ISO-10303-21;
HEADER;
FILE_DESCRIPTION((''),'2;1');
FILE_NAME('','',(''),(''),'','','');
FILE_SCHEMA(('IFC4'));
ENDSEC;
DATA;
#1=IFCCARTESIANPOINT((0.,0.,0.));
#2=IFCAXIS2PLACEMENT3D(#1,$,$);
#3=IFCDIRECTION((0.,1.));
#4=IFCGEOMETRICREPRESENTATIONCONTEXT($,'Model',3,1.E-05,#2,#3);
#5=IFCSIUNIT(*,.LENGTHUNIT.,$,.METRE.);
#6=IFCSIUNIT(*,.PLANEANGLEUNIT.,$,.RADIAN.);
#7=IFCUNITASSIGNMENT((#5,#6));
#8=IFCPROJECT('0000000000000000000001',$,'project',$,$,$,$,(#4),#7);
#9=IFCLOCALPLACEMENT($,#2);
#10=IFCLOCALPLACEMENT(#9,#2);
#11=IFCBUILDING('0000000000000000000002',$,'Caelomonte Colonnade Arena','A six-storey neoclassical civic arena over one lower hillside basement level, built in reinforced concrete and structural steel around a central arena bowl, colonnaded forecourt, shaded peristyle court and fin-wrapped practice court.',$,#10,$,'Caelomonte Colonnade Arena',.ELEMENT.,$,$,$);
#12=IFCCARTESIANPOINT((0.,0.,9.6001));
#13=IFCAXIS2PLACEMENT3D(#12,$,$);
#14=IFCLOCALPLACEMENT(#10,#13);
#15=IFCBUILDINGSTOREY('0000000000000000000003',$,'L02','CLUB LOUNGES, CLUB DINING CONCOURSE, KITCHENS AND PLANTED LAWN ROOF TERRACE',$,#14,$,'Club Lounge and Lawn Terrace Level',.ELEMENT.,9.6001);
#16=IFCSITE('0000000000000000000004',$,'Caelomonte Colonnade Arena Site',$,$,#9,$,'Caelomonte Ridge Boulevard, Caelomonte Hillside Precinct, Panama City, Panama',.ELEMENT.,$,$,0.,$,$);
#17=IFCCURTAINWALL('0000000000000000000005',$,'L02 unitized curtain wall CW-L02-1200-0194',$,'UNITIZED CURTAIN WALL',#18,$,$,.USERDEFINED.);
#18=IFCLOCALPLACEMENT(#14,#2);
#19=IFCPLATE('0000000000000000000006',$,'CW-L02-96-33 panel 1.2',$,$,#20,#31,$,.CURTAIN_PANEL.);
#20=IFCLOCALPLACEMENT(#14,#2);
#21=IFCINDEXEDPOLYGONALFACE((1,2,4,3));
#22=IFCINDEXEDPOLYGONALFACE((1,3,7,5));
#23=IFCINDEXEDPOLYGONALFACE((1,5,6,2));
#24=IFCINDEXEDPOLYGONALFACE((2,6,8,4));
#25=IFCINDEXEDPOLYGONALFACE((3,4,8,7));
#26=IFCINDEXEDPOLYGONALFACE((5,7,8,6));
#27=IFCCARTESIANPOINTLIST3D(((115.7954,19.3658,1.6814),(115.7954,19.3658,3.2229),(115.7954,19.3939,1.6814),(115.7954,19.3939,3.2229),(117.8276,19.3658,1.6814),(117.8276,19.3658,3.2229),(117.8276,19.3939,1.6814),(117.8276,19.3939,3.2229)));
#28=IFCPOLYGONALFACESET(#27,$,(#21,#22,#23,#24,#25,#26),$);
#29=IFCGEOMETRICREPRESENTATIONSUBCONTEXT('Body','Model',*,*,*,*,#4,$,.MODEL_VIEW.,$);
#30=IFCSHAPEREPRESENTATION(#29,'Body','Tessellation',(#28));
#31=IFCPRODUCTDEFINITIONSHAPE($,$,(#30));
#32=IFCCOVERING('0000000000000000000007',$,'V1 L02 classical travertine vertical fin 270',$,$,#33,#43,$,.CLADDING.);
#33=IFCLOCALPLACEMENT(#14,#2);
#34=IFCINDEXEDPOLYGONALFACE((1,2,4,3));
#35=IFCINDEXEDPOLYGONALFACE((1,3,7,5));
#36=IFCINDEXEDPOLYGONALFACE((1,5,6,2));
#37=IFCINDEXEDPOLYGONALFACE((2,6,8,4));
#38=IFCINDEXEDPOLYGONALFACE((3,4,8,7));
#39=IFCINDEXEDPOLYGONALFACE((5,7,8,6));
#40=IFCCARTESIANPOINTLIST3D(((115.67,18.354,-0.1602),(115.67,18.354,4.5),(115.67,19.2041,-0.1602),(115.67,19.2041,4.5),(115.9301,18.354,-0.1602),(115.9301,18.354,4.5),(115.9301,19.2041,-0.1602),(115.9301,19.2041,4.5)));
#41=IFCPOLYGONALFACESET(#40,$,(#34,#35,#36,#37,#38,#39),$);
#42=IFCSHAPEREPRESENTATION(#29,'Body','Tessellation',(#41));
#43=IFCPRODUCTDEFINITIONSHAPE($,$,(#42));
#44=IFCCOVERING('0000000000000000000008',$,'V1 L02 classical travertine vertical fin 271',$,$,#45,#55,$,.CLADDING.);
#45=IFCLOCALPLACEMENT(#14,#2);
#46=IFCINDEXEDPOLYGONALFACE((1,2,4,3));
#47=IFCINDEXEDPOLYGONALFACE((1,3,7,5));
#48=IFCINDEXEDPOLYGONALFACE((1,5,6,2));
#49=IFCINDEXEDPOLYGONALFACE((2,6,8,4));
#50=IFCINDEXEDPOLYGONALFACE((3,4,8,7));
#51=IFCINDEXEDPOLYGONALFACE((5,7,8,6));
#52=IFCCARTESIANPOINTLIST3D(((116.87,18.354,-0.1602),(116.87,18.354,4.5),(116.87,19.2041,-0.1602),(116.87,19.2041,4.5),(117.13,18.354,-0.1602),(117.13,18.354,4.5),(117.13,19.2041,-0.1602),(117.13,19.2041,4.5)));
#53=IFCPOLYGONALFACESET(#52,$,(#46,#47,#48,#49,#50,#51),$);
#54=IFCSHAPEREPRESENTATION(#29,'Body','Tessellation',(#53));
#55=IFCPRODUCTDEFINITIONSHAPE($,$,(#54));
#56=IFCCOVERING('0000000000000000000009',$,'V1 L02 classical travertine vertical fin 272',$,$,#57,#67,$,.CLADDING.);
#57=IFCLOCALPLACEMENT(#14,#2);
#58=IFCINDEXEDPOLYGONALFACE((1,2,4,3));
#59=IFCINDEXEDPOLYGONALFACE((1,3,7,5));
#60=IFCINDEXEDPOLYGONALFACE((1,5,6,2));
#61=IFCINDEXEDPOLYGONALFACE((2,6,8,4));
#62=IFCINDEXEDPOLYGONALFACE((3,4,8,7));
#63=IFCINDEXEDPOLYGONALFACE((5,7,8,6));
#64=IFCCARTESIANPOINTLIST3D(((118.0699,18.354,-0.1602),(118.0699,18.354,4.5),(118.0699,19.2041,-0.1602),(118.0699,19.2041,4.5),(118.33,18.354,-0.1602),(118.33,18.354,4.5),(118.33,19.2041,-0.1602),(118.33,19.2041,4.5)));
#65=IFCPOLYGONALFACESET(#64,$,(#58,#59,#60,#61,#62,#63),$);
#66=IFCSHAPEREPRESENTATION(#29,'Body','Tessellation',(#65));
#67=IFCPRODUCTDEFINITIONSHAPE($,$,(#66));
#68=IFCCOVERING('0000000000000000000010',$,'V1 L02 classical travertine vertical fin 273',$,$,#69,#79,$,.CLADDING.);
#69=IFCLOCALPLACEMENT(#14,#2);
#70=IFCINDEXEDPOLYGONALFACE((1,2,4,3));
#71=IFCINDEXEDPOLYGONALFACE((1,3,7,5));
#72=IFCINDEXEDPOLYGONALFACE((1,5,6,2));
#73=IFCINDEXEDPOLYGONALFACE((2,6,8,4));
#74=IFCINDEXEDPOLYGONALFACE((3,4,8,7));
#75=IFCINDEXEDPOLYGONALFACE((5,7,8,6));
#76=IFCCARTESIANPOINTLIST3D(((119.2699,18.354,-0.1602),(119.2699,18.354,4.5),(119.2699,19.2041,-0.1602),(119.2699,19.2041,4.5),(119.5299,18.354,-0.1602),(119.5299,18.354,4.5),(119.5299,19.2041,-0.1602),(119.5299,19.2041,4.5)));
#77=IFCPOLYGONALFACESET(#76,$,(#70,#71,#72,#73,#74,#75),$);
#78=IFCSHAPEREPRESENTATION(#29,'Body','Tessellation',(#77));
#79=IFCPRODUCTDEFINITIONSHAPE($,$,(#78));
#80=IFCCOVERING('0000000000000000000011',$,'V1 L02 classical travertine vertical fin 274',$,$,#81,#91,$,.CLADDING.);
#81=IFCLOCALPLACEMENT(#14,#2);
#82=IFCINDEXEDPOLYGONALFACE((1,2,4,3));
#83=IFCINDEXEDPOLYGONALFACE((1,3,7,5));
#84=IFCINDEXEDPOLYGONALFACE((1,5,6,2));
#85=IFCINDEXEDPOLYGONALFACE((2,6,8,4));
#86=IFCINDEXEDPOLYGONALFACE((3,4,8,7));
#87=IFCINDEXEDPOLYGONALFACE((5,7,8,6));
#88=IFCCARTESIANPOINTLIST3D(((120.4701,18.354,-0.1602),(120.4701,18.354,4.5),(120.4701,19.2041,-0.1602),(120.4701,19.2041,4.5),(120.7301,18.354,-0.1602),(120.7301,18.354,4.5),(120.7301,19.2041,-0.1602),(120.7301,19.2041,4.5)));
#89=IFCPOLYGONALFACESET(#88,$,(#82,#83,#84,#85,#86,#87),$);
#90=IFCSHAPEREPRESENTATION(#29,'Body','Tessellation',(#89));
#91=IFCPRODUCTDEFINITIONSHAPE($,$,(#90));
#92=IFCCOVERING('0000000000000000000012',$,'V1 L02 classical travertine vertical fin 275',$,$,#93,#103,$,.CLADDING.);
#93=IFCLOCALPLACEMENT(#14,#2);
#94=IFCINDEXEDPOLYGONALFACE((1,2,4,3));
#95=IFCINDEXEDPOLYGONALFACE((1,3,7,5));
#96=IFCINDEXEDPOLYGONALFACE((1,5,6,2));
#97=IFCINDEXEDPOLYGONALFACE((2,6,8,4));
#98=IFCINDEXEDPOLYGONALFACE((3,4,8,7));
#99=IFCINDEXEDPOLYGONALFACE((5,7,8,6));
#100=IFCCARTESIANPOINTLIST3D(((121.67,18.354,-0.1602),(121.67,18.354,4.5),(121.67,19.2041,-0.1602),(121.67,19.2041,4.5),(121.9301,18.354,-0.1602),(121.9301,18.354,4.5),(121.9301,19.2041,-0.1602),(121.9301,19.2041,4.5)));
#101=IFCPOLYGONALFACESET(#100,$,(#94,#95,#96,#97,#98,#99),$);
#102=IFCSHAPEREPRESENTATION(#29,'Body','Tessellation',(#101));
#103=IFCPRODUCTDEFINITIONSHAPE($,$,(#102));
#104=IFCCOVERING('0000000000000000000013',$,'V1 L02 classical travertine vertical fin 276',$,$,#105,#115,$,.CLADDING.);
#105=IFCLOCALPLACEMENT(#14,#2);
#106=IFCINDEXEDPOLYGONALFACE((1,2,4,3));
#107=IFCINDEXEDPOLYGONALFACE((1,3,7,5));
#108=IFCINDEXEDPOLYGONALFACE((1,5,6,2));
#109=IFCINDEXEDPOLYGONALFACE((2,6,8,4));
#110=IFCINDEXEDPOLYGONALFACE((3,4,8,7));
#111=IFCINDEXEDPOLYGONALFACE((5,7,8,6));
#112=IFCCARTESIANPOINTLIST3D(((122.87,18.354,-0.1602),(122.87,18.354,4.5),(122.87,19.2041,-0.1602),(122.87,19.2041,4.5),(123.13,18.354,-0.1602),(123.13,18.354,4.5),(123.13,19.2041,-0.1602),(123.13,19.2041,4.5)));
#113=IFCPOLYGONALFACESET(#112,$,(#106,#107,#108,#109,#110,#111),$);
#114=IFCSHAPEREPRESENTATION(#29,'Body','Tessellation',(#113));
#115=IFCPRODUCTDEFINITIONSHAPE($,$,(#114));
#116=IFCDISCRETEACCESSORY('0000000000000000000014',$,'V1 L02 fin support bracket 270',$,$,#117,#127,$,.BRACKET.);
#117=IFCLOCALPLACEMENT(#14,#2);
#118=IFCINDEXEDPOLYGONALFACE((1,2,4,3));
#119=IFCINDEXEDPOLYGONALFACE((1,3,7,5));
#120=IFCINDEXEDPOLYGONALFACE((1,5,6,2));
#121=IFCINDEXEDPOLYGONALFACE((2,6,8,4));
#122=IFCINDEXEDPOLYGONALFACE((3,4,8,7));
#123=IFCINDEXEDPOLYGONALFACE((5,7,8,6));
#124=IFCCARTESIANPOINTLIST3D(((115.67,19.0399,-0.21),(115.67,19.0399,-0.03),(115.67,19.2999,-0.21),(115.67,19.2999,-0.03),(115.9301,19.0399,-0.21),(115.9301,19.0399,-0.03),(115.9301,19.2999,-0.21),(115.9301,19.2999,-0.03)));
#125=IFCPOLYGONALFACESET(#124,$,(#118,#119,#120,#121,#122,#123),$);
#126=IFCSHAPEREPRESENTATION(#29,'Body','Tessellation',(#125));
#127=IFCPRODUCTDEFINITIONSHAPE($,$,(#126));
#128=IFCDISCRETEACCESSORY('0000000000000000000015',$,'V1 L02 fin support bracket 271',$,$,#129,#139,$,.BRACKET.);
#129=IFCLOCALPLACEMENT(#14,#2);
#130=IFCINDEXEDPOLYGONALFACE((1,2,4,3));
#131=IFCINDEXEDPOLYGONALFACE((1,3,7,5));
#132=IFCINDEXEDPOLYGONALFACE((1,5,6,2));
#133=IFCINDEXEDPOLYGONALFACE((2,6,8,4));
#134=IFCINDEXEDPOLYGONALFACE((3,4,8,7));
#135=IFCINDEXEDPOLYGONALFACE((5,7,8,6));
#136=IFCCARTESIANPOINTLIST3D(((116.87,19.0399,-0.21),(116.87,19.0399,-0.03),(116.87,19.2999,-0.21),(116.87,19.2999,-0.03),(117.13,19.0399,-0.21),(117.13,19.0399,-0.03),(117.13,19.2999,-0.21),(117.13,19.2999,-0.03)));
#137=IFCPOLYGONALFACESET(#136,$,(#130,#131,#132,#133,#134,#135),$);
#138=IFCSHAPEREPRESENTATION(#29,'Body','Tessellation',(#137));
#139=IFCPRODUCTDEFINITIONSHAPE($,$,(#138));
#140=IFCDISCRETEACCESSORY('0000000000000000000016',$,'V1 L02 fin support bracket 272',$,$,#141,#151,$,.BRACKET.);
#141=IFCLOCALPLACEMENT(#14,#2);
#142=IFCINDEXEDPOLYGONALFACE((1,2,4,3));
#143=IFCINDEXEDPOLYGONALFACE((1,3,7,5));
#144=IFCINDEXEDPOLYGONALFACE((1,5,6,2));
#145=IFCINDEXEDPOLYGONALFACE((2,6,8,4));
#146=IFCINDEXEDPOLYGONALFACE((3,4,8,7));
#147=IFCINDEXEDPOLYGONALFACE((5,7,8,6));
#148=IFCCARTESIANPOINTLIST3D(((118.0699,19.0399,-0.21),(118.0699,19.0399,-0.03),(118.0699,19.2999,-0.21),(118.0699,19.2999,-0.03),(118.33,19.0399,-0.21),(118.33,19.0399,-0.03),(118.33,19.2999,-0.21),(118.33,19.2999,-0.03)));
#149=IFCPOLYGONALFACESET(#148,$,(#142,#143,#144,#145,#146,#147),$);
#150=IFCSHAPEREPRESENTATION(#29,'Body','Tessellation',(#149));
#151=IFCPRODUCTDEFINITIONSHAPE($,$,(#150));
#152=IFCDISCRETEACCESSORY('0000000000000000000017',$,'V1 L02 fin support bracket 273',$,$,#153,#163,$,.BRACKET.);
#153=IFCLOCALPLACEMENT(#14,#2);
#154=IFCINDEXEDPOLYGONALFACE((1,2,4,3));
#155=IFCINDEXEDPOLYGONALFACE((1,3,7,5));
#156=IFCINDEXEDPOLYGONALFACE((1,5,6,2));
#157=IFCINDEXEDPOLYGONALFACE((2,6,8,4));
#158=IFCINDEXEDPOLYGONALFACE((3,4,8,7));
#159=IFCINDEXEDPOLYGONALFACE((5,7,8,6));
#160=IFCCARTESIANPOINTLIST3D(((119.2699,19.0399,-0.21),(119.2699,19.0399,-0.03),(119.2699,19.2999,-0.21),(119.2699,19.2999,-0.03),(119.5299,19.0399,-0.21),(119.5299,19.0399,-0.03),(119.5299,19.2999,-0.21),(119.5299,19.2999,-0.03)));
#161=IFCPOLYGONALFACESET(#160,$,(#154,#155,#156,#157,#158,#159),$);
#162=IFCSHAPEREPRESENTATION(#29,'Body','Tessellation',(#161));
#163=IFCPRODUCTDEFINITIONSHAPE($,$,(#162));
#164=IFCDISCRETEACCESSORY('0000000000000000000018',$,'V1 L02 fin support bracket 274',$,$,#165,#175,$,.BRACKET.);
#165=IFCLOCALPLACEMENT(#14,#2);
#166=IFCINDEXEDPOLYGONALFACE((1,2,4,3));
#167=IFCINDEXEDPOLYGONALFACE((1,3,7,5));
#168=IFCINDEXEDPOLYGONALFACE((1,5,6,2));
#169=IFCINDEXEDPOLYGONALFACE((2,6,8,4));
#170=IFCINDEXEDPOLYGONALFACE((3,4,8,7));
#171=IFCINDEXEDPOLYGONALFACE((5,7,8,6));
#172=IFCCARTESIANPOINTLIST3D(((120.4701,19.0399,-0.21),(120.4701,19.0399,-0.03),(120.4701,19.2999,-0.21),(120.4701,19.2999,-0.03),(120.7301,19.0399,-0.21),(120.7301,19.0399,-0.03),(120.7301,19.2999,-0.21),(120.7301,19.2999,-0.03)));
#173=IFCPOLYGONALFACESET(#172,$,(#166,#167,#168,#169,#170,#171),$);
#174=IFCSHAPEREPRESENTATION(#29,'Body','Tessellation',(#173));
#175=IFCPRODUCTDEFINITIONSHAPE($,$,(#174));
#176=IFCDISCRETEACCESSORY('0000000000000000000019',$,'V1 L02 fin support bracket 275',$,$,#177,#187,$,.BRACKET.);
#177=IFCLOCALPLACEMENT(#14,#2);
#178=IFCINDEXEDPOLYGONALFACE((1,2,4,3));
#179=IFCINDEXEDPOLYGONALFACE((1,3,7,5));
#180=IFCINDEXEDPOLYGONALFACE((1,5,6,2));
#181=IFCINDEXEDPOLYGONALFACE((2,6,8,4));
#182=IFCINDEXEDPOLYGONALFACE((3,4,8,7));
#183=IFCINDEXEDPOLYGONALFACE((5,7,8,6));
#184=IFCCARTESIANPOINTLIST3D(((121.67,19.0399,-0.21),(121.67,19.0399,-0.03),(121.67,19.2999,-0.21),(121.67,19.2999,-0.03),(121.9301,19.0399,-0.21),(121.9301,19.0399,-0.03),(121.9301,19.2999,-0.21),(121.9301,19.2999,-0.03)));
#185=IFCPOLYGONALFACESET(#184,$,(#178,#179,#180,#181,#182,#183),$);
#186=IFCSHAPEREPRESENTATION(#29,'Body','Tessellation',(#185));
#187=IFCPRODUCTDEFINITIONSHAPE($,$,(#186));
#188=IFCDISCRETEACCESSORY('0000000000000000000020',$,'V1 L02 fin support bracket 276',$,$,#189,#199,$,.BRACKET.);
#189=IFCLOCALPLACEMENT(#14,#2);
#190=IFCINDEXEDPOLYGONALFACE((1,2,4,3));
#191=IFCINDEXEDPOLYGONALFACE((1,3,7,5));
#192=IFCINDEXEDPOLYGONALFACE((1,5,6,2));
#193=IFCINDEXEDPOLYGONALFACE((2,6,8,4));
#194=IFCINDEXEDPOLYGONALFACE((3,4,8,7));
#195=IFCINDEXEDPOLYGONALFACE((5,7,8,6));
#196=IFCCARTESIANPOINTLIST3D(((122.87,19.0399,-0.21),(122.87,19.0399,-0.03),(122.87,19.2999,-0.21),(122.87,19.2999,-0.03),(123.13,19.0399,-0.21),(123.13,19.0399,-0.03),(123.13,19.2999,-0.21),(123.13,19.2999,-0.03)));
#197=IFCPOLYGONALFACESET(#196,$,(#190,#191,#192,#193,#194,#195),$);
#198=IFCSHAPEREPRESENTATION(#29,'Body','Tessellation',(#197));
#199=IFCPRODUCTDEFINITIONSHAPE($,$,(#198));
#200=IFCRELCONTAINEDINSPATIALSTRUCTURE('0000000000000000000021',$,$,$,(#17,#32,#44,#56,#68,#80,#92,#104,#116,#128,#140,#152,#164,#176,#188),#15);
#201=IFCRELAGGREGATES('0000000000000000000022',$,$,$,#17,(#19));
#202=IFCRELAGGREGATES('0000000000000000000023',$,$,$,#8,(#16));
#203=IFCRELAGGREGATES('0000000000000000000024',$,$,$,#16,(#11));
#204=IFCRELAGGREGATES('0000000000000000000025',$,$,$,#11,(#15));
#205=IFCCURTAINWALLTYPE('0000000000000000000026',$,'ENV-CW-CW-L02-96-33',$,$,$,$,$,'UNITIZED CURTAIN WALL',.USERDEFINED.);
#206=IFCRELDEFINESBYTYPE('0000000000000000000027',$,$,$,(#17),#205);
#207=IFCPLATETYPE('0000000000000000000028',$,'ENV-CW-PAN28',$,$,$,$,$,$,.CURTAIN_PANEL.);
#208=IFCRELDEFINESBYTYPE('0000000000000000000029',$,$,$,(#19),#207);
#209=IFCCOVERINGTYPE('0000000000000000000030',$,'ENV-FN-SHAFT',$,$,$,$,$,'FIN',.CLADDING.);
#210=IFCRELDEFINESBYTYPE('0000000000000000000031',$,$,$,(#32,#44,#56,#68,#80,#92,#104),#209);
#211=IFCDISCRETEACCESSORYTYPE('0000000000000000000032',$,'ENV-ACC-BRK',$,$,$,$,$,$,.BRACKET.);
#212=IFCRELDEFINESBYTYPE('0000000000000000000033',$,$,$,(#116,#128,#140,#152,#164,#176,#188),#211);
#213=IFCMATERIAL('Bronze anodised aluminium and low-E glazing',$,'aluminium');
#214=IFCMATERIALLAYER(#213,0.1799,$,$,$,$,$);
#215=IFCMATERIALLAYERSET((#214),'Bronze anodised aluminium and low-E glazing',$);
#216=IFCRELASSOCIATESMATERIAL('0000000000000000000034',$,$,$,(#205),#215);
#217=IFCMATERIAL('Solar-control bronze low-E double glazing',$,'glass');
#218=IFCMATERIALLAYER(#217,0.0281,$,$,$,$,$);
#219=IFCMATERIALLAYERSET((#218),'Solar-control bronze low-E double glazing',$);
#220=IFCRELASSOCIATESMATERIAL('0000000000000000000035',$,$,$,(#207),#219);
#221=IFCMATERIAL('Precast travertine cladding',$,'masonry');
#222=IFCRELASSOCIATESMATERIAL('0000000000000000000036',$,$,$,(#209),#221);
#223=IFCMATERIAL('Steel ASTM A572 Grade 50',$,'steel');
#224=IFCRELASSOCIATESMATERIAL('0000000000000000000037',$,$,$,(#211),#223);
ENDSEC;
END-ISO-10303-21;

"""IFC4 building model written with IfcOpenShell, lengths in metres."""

from ifc_helpers import new_model, si_unit, direction, frame, origin, origin_2d, place, context, subcontext, project, spatial, rectangle, extrude, material, layer, layer_set, material_profile, profile_set, type_object, element, aggregate, save


model = new_model("IFC4")

# Units and contexts
model_context = context("Model", 3, precision=1e-05, world=origin(), true_north=direction((0.0, 1.0)))
body_context = subcontext(model_context, "Body", "Model", "MODEL_VIEW")
ifc_project = project(units=[si_unit("LENGTHUNIT", "METRE"), si_unit("PLANEANGLEUNIT", "RADIAN")], contexts=[model_context])

# Site, building, storey
site_placement = place(None, origin())
site = spatial("IfcSite", under=ifc_project, at=site_placement, Name="Caelomonte Colonnade Arena Site", LongName="Caelomonte Ridge Boulevard, Caelomonte Hillside Precinct, Panama City, Panama", CompositionType="ELEMENT", RefElevation=0.0)
building_placement = place(site_placement, origin())
building = spatial("IfcBuilding", under=site, at=building_placement, Name="Caelomonte Colonnade Arena", Description="A six-storey neoclassical civic arena over one lower hillside basement level, built in reinforced concrete and structural steel around a central arena bowl, colonnaded forecourt, shaded peristyle court and fin-wrapped practice court.", LongName="Caelomonte Colonnade Arena", CompositionType="ELEMENT")
storey_placement = place(building_placement, frame((0.0, 0.0, 9.6001)))
storey = spatial("IfcBuildingStorey", under=building, at=storey_placement, Name="L02", Description="CLUB LOUNGES, CLUB DINING CONCOURSE, KITCHENS AND PLANTED LAWN ROOF TERRACE", LongName="Club Lounge and Lawn Terrace Level", CompositionType="ELEMENT", Elevation=9.6001)

# Shared definitions
ifc_material_1 = material(Name="Bronze anodised aluminium and low-E glazing", Category="aluminium")
ifc_layer_1 = layer(ifc_material_1, 0.1799)
ifc_layer_set_1 = layer_set([ifc_layer_1], Name="Bronze anodised aluminium and low-E glazing")
curtain_wall_type = type_object("IfcCurtainWallType", Name="ENV-CW-CW-L02-96-33", ElementType="UNITIZED CURTAIN WALL", PredefinedType="USERDEFINED", material=ifc_layer_set_1)

# Curtain wall
curtain_wall_1_placement = place(storey_placement, origin())
curtain_wall_1 = element("IfcCurtainWall", 1, at=curtain_wall_1_placement, inside=storey, type_object=curtain_wall_type, Name="L02 unitized curtain wall CW-L02-1200-0194", ObjectType="UNITIZED CURTAIN WALL", PredefinedType="USERDEFINED")

# Plate
ifc_material_2 = material(Name="Solar-control bronze low-E double glazing", Category="glass")
ifc_layer_2 = layer(ifc_material_2, 0.0281)
ifc_layer_set_2 = layer_set([ifc_layer_2], Name="Solar-control bronze low-E double glazing")
plate_type = type_object("IfcPlateType", Name="ENV-CW-PAN28", PredefinedType="CURTAIN_PANEL", material=ifc_layer_set_2)
plate_1_placement = place(storey_placement, frame((116.8115, 19.3799, 1.6814), z_axis=(0.0, 0.0, 1.0), x_axis=(1.0, 0.0, 0.0)))
plate_1 = element("IfcPlate", 2, at=plate_1_placement, type_object=plate_type, Name="CW-L02-96-33 panel 1.2", PredefinedType="CURTAIN_PANEL", context=body_context, shape_type="SweptSolid", body=[
    extrude(rectangle(XDim=2.0322, YDim=0.0281, at=origin_2d()), origin(), (0.0, 0.0, 1.0), 1.5415),
])
aggregate(curtain_wall_1, [plate_1])

# Coverings
ifc_material_3 = material(Name="Precast travertine cladding", Category="masonry")
ifc_material_profile_1 = material_profile(ifc_material_3, rectangle(XDim=0.26, YDim=0.8501, at=origin_2d()), Name="FIN260X850")
ifc_profile_set_1 = profile_set([ifc_material_profile_1], Name="Precast travertine cladding")
covering_type = type_object("IfcCoveringType", Name="ENV-FN-SHAFT", ElementType="FIN", PredefinedType="CLADDING", material=ifc_profile_set_1)
for number, where, z_axis, x_axis, name in (
    (3, (115.8, 18.7791, -0.1602), (0.0, 0.0, 1.0), (-1.0, 0.0, 0.0), "V1 L02 classical travertine vertical fin 270"),
    (4, (117.0, 18.7791, -0.1602), (0.0, 0.0, 1.0), (-1.0, 0.0, 0.0), "V1 L02 classical travertine vertical fin 271"),
    (5, (118.2, 18.7791, -0.1602), (0.0, 0.0, 1.0), (-1.0, 0.0, 0.0), "V1 L02 classical travertine vertical fin 272"),
    (6, (119.3999, 18.7791, -0.1602), (0.0, 0.0, 1.0), (-1.0, 0.0, 0.0), "V1 L02 classical travertine vertical fin 273"),
    (7, (120.6001, 18.7791, -0.1602), (0.0, 0.0, 1.0), (-1.0, 0.0, 0.0), "V1 L02 classical travertine vertical fin 274"),
    (8, (121.8, 18.7791, -0.1602), (0.0, 0.0, 1.0), (-1.0, 0.0, 0.0), "V1 L02 classical travertine vertical fin 275"),
    (9, (123.0, 18.7791, -0.1602), (0.0, 0.0, 1.0), (-1.0, 0.0, 0.0), "V1 L02 classical travertine vertical fin 276"),
):
    element("IfcCovering", number, at=place(storey_placement, frame(where, z_axis=z_axis, x_axis=x_axis)), inside=storey, type_object=covering_type, Name=name, PredefinedType="CLADDING", context=body_context, shape_type="SweptSolid", body=[
        extrude(rectangle(XDim=0.26, YDim=0.8501, at=origin_2d()), origin(), (0.0, 0.0, 1.0), 4.6602),
    ])

# Discrete accessories
ifc_material_4 = material(Name="Steel ASTM A572 Grade 50", Category="steel")
discrete_accessory_type = type_object("IfcDiscreteAccessoryType", Name="ENV-ACC-BRK", PredefinedType="BRACKET", material=ifc_material_4)
for number, where, z_axis, x_axis, name in (
    (10, (115.8, 19.1699, -0.21), (0.0, 0.0, 1.0), (1.0, 0.0, 0.0), "V1 L02 fin support bracket 270"),
    (11, (117.0, 19.1699, -0.21), (0.0, 0.0, 1.0), (1.0, 0.0, 0.0), "V1 L02 fin support bracket 271"),
    (12, (118.2, 19.1699, -0.21), (0.0, 0.0, 1.0), (1.0, 0.0, 0.0), "V1 L02 fin support bracket 272"),
    (13, (119.3999, 19.1699, -0.21), (0.0, 0.0, 1.0), (1.0, 0.0, 0.0), "V1 L02 fin support bracket 273"),
    (14, (120.6001, 19.1699, -0.21), (0.0, 0.0, 1.0), (1.0, 0.0, 0.0), "V1 L02 fin support bracket 274"),
    (15, (121.8, 19.1699, -0.21), (0.0, 0.0, 1.0), (1.0, 0.0, 0.0), "V1 L02 fin support bracket 275"),
    (16, (123.0, 19.1699, -0.21), (0.0, 0.0, 1.0), (1.0, 0.0, 0.0), "V1 L02 fin support bracket 276"),
):
    element("IfcDiscreteAccessory", number, at=place(storey_placement, frame(where, z_axis=z_axis, x_axis=x_axis)), inside=storey, type_object=discrete_accessory_type, Name=name, PredefinedType="BRACKET", context=body_context, shape_type="SweptSolid", body=[
        extrude(rectangle(XDim=0.26, YDim=0.26, at=origin_2d()), origin(), (0.0, 0.0, 1.0), 0.1799),
    ])

save(model, "model.ifc")
